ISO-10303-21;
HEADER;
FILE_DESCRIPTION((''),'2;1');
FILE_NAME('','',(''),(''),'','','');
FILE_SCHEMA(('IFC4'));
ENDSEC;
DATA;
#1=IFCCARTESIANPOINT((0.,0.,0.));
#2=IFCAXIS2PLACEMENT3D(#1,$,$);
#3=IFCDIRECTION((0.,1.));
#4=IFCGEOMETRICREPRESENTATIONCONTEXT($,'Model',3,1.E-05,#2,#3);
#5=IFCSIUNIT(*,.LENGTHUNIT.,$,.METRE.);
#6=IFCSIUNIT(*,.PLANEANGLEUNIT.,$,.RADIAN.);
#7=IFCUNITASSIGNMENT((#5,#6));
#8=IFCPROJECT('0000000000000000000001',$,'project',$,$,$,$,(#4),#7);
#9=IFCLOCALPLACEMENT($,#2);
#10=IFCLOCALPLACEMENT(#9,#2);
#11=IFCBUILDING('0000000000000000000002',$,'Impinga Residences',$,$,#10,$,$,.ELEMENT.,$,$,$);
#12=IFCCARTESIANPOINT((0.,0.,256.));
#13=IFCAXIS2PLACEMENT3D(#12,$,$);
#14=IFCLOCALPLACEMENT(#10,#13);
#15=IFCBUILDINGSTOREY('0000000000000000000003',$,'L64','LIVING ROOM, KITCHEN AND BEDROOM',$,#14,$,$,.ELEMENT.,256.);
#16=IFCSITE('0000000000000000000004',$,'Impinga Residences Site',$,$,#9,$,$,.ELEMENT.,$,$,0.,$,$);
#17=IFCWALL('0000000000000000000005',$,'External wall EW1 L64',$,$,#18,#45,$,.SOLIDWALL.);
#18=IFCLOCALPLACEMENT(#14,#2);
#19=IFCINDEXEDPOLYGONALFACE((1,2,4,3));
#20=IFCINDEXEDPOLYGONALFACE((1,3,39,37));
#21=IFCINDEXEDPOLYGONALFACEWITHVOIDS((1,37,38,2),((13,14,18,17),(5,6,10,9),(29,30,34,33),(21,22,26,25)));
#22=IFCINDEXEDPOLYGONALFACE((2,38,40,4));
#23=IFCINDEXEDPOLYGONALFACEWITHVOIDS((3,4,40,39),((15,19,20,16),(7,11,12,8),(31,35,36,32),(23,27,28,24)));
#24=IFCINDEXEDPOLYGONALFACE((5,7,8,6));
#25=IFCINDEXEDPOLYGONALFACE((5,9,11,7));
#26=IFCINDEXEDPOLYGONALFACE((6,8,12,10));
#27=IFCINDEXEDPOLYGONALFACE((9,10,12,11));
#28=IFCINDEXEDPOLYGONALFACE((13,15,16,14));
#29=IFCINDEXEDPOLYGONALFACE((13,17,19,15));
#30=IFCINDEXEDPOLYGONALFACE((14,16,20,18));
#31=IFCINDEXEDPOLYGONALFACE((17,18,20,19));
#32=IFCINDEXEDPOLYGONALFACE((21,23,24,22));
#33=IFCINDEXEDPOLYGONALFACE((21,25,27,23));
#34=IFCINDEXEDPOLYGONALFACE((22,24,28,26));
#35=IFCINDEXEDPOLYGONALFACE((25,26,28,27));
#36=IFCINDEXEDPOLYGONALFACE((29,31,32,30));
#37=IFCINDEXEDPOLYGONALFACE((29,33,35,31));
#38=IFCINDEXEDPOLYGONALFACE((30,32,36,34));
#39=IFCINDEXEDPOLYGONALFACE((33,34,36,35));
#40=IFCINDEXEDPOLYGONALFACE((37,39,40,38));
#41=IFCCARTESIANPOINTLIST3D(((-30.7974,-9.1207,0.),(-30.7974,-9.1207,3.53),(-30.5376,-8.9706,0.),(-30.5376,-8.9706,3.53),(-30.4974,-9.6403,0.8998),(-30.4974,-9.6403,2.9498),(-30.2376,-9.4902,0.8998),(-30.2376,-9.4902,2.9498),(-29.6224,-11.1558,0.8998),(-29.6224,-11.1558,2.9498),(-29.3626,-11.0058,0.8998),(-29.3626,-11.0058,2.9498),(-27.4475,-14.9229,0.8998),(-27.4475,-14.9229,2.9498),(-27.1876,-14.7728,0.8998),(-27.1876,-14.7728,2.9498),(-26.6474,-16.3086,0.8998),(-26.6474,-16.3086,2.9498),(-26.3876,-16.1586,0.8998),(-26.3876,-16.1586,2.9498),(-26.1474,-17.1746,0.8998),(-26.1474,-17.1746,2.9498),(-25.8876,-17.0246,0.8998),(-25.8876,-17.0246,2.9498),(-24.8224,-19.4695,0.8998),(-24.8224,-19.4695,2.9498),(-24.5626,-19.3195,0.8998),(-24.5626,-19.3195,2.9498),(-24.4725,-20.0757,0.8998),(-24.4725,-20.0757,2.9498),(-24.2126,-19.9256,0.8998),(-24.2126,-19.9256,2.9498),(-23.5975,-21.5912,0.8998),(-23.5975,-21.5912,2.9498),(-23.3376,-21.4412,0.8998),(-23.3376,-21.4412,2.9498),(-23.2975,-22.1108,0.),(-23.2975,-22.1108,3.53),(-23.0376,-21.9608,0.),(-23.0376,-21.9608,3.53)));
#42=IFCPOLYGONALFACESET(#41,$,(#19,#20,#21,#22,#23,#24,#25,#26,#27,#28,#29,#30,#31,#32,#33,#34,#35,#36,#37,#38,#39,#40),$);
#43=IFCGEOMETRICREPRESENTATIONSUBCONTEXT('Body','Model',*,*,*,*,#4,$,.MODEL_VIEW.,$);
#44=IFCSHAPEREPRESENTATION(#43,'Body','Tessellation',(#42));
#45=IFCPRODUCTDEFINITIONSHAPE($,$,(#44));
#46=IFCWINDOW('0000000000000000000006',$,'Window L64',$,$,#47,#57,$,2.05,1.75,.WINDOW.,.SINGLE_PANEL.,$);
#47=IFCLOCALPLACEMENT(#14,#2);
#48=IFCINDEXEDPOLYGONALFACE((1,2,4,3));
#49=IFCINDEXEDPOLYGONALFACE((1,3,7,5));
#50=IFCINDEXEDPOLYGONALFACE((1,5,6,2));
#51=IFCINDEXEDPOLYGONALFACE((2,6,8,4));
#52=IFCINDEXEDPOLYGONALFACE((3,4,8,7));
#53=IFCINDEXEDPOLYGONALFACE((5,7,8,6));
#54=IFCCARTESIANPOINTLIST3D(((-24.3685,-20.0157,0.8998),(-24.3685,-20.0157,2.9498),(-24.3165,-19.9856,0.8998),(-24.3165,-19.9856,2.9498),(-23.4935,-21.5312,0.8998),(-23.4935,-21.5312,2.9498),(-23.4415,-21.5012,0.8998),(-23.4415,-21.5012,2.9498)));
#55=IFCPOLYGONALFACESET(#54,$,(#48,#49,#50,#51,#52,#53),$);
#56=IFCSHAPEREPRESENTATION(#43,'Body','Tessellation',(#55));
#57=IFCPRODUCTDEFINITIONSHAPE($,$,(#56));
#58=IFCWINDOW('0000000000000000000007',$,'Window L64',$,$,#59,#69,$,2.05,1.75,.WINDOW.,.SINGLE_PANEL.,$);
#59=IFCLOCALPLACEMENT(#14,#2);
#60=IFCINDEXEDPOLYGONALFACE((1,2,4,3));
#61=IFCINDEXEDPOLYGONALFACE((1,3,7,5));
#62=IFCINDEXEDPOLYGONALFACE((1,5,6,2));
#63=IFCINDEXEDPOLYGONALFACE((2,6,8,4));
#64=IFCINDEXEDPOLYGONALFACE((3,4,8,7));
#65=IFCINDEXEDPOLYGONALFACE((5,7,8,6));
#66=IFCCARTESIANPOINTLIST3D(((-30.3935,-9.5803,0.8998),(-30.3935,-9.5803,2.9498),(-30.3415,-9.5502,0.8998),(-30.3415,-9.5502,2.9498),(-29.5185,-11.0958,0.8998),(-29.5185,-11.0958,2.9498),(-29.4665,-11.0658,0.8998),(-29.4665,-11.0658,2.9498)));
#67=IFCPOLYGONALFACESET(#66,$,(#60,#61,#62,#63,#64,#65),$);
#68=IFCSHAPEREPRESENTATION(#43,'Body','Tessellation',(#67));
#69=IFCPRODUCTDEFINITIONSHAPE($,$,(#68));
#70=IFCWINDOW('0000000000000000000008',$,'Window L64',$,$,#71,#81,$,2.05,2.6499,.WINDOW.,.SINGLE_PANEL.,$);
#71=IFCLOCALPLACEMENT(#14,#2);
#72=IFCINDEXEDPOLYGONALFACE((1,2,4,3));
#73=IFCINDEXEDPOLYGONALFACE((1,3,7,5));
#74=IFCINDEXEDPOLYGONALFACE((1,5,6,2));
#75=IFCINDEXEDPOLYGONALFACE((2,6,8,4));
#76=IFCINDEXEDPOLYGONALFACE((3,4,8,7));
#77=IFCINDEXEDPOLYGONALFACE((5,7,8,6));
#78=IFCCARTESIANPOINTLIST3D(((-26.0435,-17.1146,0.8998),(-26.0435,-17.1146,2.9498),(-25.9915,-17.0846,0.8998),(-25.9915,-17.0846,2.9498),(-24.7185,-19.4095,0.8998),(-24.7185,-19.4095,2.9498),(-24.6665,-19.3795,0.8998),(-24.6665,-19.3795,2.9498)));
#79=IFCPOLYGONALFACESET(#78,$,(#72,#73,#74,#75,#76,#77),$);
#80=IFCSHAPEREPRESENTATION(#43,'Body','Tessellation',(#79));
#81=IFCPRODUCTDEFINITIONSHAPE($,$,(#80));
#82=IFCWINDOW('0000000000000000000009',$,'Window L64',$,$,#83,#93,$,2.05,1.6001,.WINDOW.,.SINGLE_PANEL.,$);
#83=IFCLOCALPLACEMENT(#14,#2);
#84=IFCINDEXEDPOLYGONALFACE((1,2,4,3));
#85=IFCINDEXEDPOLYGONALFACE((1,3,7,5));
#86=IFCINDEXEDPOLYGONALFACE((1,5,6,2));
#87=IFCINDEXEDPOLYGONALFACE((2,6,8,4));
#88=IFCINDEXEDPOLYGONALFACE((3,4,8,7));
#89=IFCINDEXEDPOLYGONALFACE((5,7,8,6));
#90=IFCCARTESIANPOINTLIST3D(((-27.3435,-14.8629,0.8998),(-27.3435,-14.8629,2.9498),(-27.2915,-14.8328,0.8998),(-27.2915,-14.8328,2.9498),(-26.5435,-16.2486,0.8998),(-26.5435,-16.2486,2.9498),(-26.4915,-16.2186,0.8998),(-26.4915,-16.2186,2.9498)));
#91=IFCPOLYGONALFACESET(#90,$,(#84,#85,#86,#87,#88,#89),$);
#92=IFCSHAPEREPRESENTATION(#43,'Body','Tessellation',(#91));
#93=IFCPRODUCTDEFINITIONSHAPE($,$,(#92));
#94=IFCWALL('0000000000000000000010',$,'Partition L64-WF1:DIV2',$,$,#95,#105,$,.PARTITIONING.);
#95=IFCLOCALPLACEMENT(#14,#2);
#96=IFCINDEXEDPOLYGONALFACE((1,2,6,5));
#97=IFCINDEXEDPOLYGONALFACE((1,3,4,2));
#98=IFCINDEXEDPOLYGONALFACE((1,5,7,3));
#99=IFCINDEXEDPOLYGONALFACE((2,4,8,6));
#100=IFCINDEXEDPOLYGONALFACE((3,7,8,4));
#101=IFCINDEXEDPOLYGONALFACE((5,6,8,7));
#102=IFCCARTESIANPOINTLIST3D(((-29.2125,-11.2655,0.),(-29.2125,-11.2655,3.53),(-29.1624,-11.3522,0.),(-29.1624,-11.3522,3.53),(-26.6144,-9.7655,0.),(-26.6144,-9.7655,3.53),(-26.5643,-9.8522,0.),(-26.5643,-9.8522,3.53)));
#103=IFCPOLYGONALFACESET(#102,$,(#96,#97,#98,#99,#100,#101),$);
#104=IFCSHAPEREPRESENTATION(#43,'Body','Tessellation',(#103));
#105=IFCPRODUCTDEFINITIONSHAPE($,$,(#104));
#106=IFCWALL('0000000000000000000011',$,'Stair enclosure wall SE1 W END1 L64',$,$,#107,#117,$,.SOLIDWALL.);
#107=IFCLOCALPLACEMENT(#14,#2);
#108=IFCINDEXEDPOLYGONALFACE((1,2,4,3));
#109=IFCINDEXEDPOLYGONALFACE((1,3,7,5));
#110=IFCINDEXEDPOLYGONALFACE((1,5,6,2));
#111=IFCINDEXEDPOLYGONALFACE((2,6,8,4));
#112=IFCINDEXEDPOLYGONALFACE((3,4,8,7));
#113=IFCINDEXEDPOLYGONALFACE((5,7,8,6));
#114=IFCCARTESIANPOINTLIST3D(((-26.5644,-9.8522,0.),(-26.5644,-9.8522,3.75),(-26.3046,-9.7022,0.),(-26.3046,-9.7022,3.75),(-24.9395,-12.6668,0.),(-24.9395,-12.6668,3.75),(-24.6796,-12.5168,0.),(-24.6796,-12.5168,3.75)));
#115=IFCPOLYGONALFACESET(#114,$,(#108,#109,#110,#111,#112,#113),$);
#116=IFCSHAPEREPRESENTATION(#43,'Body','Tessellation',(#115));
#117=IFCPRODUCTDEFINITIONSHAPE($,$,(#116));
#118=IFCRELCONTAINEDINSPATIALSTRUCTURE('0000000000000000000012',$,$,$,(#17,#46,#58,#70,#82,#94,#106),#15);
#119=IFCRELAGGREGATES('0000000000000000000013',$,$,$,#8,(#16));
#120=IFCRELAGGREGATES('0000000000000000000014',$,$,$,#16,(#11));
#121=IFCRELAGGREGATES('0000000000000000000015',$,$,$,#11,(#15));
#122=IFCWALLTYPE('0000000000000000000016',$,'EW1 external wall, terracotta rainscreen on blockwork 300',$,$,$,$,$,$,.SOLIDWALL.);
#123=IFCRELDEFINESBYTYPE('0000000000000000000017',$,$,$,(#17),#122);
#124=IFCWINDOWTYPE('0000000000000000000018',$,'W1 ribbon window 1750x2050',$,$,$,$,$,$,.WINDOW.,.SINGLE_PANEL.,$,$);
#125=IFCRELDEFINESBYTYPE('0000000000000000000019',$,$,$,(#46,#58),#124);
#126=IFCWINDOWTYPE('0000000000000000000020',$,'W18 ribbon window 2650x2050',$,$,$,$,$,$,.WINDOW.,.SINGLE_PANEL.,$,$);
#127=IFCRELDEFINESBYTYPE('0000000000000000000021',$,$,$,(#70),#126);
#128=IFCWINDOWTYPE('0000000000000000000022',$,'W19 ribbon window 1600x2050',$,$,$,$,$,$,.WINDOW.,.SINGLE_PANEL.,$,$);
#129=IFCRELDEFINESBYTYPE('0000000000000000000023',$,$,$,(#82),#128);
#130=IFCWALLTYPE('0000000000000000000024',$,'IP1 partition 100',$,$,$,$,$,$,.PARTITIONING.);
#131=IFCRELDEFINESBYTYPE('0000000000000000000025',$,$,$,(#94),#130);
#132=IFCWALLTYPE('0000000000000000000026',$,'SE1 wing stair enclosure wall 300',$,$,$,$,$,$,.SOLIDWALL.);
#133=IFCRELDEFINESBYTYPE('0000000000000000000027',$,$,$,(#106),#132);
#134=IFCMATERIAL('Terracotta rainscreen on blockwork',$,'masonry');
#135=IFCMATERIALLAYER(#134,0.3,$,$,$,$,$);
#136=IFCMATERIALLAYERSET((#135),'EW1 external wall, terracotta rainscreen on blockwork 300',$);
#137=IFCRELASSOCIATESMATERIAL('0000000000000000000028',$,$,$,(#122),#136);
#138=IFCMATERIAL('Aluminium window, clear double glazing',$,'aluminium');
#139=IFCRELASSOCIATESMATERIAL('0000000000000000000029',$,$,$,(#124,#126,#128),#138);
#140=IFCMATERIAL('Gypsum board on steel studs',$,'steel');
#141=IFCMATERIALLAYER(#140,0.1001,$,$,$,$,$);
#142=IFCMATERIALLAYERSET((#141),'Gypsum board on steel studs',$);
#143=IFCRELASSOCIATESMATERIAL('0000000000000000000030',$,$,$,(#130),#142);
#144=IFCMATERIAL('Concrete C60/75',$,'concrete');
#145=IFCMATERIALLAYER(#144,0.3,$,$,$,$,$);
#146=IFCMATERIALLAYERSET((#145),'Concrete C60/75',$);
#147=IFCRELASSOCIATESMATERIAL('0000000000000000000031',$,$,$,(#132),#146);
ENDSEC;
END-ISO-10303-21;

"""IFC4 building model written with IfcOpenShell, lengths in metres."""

from ifc_helpers import new_model, si_unit, direction, frame, frame_2d, origin, place, context, subcontext, project, spatial, rectangle, extrude, material, layer, layer_set, type_object, element, fill, save


model = new_model("IFC4")

# Units and contexts
model_context = context("Model", 3, precision=1e-05, world=origin(), true_north=direction((0.0, 1.0)))
body_context = subcontext(model_context, "Body", "Model", "MODEL_VIEW")
ifc_project = project(units=[si_unit("LENGTHUNIT", "METRE"), si_unit("PLANEANGLEUNIT", "RADIAN")], contexts=[model_context])

# Site, building, storey
site_placement = place(None, origin())
site = spatial("IfcSite", under=ifc_project, at=site_placement, Name="Impinga Residences Site", CompositionType="ELEMENT", RefElevation=0.0)
building_placement = place(site_placement, origin())
building = spatial("IfcBuilding", under=site, at=building_placement, Name="Impinga Residences", CompositionType="ELEMENT")
storey_placement = place(building_placement, frame((0.0, 0.0, 256.0)))
storey = spatial("IfcBuildingStorey", under=building, at=storey_placement, Name="L64", Description="LIVING ROOM, KITCHEN AND BEDROOM", CompositionType="ELEMENT", Elevation=256.0)

# Shared definitions
ifc_material_1 = material(Name="Concrete C60/75", Category="concrete")

# Shared definitions
ifc_material_2 = material(Name="Terracotta rainscreen on blockwork", Category="masonry")
ifc_layer_1 = layer(ifc_material_2, 0.3)
ifc_layer_set_1 = layer_set([ifc_layer_1], Name="EW1 external wall, terracotta rainscreen on blockwork 300")
wall_type_1 = type_object("IfcWallType", Name="EW1 external wall, terracotta rainscreen on blockwork 300", PredefinedType="SOLIDWALL", material=ifc_layer_set_1)

# Wall, openings, windows
wall_1_placement = place(storey_placement, frame((-23.1675, -22.0359, 0.0), z_axis=(0.0, 0.0, 1.0), x_axis=(-0.500004, 0.866023, 0.0)))
wall_1 = element("IfcWall", 1, at=wall_1_placement, inside=storey, type_object=wall_type_1, Name="External wall EW1 L64", PredefinedType="SOLIDWALL", context=body_context, shape_type="SweptSolid", body=[
    extrude(rectangle(XDim=14.9998, YDim=0.3, at=frame_2d((7.5, 0.0))), origin(), (0.0, 0.0, 1.0), 3.53),
])
opening_1_placement = place(wall_1_placement, frame((0.6001, 0.0, 0.8999)))
opening_1 = element("IfcOpeningElement", 2, at=opening_1_placement, cuts=wall_1, PredefinedType="OPENING", context=body_context, shape_type="SweptSolid", body=[
    extrude(rectangle(XDim=1.75, YDim=2.05, at=frame_2d((0.875, 1.0249))), frame((0.0, 0.1599, 0.0), z_axis=(0.0, -1.0, 0.0), x_axis=(1.0, 0.0, 0.0)), (0.0, 0.0, 1.0), 0.3201),
])
opening_2_placement = place(wall_1_placement, frame((3.05, 0.0, 0.8999)))
opening_2 = element("IfcOpeningElement", 3, at=opening_2_placement, cuts=wall_1, PredefinedType="OPENING", context=body_context, shape_type="SweptSolid", body=[
    extrude(rectangle(XDim=2.6499, YDim=2.05, at=frame_2d((1.325, 1.0249))), frame((0.0, 0.1599, 0.0), z_axis=(0.0, -1.0, 0.0), x_axis=(1.0, 0.0, 0.0)), (0.0, 0.0, 1.0), 0.3201),
])
opening_3_placement = place(wall_1_placement, frame((6.7, 0.0, 0.8999)))
opening_3 = element("IfcOpeningElement", 4, at=opening_3_placement, cuts=wall_1, PredefinedType="OPENING", context=body_context, shape_type="SweptSolid", body=[
    extrude(rectangle(XDim=1.6001, YDim=2.05, at=frame_2d((0.8, 1.0249))), frame((0.0, 0.1599, 0.0), z_axis=(0.0, -1.0, 0.0), x_axis=(1.0, 0.0, 0.0)), (0.0, 0.0, 1.0), 0.3201),
])
opening_4_placement = place(wall_1_placement, frame((12.6499, 0.0, 0.8999)))
opening_4 = element("IfcOpeningElement", 5, at=opening_4_placement, cuts=wall_1, PredefinedType="OPENING", context=body_context, shape_type="SweptSolid", body=[
    extrude(rectangle(XDim=1.75, YDim=2.05, at=frame_2d((0.875, 1.0249))), frame((0.0, 0.1599, 0.0), z_axis=(0.0, -1.0, 0.0), x_axis=(1.0, 0.0, 0.0)), (0.0, 0.0, 1.0), 0.3201),
])
ifc_material_3 = material(Name="Aluminium window, clear double glazing", Category="aluminium")
window_type_1 = type_object("IfcWindowType", Name="W1 ribbon window 1750x2050", PartitioningType="SINGLE_PANEL", PredefinedType="WINDOW", material=ifc_material_3)
window_1_placement = place(opening_1_placement, origin())
window_1 = element("IfcWindow", 6, at=window_1_placement, inside=storey, type_object=window_type_1, Name="Window L64", OverallHeight=2.05, OverallWidth=1.75, PartitioningType="SINGLE_PANEL", PredefinedType="WINDOW", context=body_context, shape_type="SweptSolid", body=[
    extrude(rectangle(XDim=1.75, YDim=2.05, at=frame_2d((0.875, 1.0249))), frame((0.0, 0.03, 0.0), z_axis=(0.0, -1.0, 0.0), x_axis=(1.0, 0.0, 0.0)), (0.0, 0.0, 1.0), 0.0601),
])
fill(opening_1, window_1)
window_2_placement = place(opening_4_placement, origin())
window_2 = element("IfcWindow", 7, at=window_2_placement, inside=storey, type_object=window_type_1, Name="Window L64", OverallHeight=2.05, OverallWidth=1.75, PartitioningType="SINGLE_PANEL", PredefinedType="WINDOW", context=body_context, shape_type="SweptSolid", body=[
    extrude(rectangle(XDim=1.75, YDim=2.05, at=frame_2d((0.875, 1.0249))), frame((0.0, 0.03, 0.0), z_axis=(0.0, -1.0, 0.0), x_axis=(1.0, 0.0, 0.0)), (0.0, 0.0, 1.0), 0.0601),
])
fill(opening_4, window_2)
window_type_2 = type_object("IfcWindowType", Name="W18 ribbon window 2650x2050", PartitioningType="SINGLE_PANEL", PredefinedType="WINDOW", material=ifc_material_3)
window_3_placement = place(opening_2_placement, origin())
window_3 = element("IfcWindow", 8, at=window_3_placement, inside=storey, type_object=window_type_2, Name="Window L64", OverallHeight=2.05, OverallWidth=2.6499, PartitioningType="SINGLE_PANEL", PredefinedType="WINDOW", context=body_context, shape_type="SweptSolid", body=[
    extrude(rectangle(XDim=2.6499, YDim=2.05, at=frame_2d((1.325, 1.0249))), frame((0.0, 0.03, 0.0), z_axis=(0.0, -1.0, 0.0), x_axis=(1.0, 0.0, 0.0)), (0.0, 0.0, 1.0), 0.0601),
])
fill(opening_2, window_3)
window_type_3 = type_object("IfcWindowType", Name="W19 ribbon window 1600x2050", PartitioningType="SINGLE_PANEL", PredefinedType="WINDOW", material=ifc_material_3)
window_4_placement = place(opening_3_placement, origin())
window_4 = element("IfcWindow", 9, at=window_4_placement, inside=storey, type_object=window_type_3, Name="Window L64", OverallHeight=2.05, OverallWidth=1.6001, PartitioningType="SINGLE_PANEL", PredefinedType="WINDOW", context=body_context, shape_type="SweptSolid", body=[
    extrude(rectangle(XDim=1.6001, YDim=2.05, at=frame_2d((0.8, 1.0249))), frame((0.0, 0.03, 0.0), z_axis=(0.0, -1.0, 0.0), x_axis=(1.0, 0.0, 0.0)), (0.0, 0.0, 1.0), 0.0601),
])
fill(opening_3, window_4)

# Walls
ifc_material_4 = material(Name="Gypsum board on steel studs", Category="steel")
ifc_layer_2 = layer(ifc_material_4, 0.1001)
ifc_layer_set_2 = layer_set([ifc_layer_2], Name="Gypsum board on steel studs")
wall_type_2 = type_object("IfcWallType", Name="IP1 partition 100", PredefinedType="PARTITIONING", material=ifc_layer_set_2)
wall_2_placement = place(storey_placement, frame((-26.5894, -9.8088, 0.0), z_axis=(0.0, 0.0, 1.0), x_axis=(-0.866031, -0.49999, 0.0)))
element("IfcWall", 10, at=wall_2_placement, inside=storey, type_object=wall_type_2, Name="Partition L64-WF1:DIV2", PredefinedType="PARTITIONING", context=body_context, shape_type="SweptSolid", body=[
    extrude(rectangle(XDim=3.0, YDim=0.1001, at=frame_2d((1.5, 0.0))), origin(), (0.0, 0.0, 1.0), 3.53),
])
ifc_layer_3 = layer(ifc_material_1, 0.3)
ifc_layer_set_3 = layer_set([ifc_layer_3], Name="Concrete C60/75")
wall_type_3 = type_object("IfcWallType", Name="SE1 wing stair enclosure wall 300", PredefinedType="SOLIDWALL", material=ifc_layer_set_3)
wall_3_placement = place(storey_placement, frame((-24.8096, -12.5918, 0.0), z_axis=(0.0, 0.0, 1.0), x_axis=(-0.499985, 0.866034, 0.0)))
element("IfcWall", 11, at=wall_3_placement, inside=storey, type_object=wall_type_3, Name="Stair enclosure wall SE1 W END1 L64", PredefinedType="SOLIDWALL", context=body_context, shape_type="SweptSolid", body=[
    extrude(rectangle(XDim=3.25, YDim=0.3, at=frame_2d((1.625, 0.0))), origin(), (0.0, 0.0, 1.0), 3.75),
])

save(model, "model.ifc")
